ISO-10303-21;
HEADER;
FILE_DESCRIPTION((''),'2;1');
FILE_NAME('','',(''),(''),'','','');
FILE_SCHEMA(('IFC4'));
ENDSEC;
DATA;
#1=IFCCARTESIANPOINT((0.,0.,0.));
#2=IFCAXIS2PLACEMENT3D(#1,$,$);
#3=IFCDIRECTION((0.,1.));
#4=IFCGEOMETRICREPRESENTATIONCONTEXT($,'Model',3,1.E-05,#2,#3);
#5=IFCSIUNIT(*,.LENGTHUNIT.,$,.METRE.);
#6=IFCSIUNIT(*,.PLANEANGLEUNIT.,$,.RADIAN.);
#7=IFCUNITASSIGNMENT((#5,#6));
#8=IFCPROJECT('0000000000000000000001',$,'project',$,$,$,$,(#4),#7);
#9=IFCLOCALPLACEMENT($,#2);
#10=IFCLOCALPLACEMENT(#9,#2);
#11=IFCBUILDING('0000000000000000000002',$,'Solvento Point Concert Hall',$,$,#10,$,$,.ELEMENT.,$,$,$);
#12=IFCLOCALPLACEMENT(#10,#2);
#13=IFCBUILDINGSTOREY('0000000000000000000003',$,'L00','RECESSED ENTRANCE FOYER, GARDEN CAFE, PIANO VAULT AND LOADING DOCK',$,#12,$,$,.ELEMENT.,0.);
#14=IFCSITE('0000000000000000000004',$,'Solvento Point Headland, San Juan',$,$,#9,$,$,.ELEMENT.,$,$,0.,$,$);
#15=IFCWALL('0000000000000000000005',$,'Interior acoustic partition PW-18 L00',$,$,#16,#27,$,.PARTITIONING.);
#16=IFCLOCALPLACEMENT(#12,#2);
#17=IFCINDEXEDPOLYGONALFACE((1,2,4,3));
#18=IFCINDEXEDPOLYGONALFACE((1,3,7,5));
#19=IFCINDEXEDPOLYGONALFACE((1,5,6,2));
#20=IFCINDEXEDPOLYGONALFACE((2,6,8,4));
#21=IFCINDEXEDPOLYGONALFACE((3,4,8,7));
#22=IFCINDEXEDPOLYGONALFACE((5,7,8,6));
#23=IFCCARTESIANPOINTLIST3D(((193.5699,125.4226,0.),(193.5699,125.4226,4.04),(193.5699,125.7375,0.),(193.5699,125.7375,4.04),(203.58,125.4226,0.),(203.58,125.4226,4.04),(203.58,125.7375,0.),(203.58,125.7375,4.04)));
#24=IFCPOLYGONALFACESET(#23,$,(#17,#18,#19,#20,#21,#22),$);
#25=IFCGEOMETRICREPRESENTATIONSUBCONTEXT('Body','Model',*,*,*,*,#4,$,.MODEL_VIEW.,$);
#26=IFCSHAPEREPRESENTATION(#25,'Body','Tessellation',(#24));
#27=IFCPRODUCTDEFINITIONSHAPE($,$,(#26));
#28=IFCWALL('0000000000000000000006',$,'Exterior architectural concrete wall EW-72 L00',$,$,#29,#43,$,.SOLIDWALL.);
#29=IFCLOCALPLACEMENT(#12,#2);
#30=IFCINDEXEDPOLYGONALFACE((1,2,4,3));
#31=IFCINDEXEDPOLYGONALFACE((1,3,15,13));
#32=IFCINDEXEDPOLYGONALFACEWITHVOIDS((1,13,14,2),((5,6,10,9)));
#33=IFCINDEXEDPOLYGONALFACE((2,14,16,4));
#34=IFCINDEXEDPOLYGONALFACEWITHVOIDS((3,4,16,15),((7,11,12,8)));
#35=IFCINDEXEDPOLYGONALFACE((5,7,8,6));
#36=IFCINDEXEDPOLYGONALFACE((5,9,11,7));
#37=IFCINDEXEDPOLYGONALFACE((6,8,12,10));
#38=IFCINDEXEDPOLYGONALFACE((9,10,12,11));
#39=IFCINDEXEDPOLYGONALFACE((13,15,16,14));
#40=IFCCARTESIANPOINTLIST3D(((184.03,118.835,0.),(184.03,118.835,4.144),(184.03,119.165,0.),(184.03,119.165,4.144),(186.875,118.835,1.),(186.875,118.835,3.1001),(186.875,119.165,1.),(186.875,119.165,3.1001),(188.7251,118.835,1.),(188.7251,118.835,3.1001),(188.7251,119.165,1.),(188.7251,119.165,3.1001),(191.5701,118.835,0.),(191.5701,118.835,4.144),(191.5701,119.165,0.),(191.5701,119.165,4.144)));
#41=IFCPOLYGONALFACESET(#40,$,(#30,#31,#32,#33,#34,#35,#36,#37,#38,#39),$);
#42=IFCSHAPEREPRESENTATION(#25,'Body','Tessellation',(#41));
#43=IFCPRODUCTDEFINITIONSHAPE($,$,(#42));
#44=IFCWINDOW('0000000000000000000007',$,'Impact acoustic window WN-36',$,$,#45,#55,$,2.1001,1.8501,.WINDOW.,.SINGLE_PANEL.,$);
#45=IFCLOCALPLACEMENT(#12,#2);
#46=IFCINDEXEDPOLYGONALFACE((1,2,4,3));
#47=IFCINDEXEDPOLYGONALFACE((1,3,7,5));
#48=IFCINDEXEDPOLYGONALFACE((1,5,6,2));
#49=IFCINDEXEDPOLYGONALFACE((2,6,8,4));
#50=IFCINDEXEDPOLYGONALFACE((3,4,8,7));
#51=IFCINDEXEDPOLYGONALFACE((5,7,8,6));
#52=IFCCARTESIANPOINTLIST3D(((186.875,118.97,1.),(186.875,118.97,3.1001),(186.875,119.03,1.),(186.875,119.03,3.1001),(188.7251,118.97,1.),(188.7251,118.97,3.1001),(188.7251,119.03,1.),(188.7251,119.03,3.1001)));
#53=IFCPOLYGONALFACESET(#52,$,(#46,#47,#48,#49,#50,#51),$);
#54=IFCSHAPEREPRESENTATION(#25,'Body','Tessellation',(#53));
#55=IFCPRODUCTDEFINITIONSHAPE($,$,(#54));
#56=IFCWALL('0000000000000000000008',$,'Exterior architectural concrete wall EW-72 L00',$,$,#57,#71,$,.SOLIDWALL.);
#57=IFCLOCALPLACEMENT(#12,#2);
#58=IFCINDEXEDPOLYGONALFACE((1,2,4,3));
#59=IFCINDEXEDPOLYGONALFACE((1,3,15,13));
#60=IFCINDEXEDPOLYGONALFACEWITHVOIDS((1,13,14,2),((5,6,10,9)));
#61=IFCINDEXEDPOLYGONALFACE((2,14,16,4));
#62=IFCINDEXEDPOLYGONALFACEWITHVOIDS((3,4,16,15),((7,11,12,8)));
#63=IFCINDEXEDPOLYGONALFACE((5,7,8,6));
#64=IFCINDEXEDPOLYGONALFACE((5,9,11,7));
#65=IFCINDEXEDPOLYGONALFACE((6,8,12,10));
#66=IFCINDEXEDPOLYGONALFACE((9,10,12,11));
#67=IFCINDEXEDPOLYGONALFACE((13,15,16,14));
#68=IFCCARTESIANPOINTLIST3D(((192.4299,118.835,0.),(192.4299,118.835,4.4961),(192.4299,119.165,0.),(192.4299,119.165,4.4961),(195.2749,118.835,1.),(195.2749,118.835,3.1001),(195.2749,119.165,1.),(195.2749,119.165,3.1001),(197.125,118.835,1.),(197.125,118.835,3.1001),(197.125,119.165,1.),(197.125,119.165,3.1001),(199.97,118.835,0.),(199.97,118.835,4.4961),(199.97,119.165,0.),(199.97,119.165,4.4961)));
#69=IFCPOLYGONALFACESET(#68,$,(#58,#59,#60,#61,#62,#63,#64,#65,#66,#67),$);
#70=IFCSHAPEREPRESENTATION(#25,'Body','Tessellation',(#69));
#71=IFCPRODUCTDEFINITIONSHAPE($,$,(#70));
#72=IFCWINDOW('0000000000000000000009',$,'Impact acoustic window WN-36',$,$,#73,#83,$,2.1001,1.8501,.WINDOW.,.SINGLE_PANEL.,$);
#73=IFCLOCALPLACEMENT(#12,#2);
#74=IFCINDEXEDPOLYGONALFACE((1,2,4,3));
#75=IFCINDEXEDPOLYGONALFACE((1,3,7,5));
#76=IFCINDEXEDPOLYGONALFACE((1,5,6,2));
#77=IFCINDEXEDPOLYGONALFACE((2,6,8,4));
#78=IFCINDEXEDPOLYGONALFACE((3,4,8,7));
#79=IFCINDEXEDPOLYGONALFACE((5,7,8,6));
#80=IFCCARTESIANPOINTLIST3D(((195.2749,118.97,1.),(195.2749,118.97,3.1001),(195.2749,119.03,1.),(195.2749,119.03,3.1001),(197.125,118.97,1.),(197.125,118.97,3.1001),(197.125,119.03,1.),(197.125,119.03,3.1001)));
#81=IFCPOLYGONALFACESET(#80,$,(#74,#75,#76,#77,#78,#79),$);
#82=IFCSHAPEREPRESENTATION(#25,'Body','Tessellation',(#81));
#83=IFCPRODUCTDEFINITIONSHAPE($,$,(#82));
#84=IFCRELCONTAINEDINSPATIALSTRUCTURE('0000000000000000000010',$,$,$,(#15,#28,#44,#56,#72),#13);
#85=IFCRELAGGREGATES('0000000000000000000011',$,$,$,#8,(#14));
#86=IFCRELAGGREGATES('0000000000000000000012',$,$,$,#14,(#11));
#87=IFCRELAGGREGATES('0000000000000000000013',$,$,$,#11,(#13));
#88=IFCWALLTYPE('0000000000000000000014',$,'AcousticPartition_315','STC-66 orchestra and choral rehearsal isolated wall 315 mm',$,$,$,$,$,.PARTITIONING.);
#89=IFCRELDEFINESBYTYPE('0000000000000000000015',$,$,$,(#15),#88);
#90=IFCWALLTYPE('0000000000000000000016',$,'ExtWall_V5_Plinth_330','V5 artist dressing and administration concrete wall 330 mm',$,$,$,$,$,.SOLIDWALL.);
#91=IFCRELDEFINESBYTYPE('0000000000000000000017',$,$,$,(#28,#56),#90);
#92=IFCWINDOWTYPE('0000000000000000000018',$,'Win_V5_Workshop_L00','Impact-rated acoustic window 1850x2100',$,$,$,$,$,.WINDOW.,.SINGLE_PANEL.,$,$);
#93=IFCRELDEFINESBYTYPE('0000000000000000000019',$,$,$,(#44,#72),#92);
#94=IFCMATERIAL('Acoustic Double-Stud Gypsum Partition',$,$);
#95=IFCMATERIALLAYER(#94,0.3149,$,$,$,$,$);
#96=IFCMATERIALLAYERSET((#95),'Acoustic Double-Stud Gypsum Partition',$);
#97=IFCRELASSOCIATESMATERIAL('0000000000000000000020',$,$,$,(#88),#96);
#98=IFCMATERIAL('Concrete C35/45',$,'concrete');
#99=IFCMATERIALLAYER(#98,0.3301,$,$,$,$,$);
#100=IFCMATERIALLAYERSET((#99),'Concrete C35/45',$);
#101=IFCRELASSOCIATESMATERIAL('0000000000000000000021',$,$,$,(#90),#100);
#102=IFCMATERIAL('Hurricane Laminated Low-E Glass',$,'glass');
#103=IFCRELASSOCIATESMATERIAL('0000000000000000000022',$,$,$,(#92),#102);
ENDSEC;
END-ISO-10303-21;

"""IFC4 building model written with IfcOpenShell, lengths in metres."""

from ifc_helpers import new_model, si_unit, direction, frame, frame_2d, origin, place, context, subcontext, project, spatial, rectangle, extrude, material, layer, layer_set, type_object, element, fill, save


model = new_model("IFC4")

# Units and contexts
model_context = context("Model", 3, precision=1e-05, world=origin(), true_north=direction((0.0, 1.0)))
body_context = subcontext(model_context, "Body", "Model", "MODEL_VIEW")
ifc_project = project(units=[si_unit("LENGTHUNIT", "METRE"), si_unit("PLANEANGLEUNIT", "RADIAN")], contexts=[model_context])

# Site, building, storey
site_placement = place(None, origin())
site = spatial("IfcSite", under=ifc_project, at=site_placement, Name="Solvento Point Headland, San Juan", CompositionType="ELEMENT", RefElevation=0.0)
building_placement = place(site_placement, origin())
building = spatial("IfcBuilding", under=site, at=building_placement, Name="Solvento Point Concert Hall", CompositionType="ELEMENT")
storey_placement = place(building_placement, origin())
storey = spatial("IfcBuildingStorey", under=building, at=storey_placement, Name="L00", Description="RECESSED ENTRANCE FOYER, GARDEN CAFE, PIANO VAULT AND LOADING DOCK", CompositionType="ELEMENT", Elevation=0.0)

# Wall
ifc_material_1 = material(Name="Acoustic Double-Stud Gypsum Partition")
ifc_layer_1 = layer(ifc_material_1, 0.3149)
ifc_layer_set_1 = layer_set([ifc_layer_1], Name="Acoustic Double-Stud Gypsum Partition")
wall_type_1 = type_object("IfcWallType", Name="AcousticPartition_315", Description="STC-66 orchestra and choral rehearsal isolated wall 315 mm", PredefinedType="PARTITIONING", material=ifc_layer_set_1)
wall_1_placement = place(storey_placement, frame((193.5701, 125.5801, 0.0), z_axis=(0.0, 0.0, 1.0), x_axis=(1.0, 0.0, 0.0)))
element("IfcWall", 1, at=wall_1_placement, inside=storey, type_object=wall_type_1, Name="Interior acoustic partition PW-18 L00", PredefinedType="PARTITIONING", context=body_context, shape_type="SweptSolid", body=[
    extrude(rectangle(XDim=10.01, YDim=0.3149, at=frame_2d((5.0049, 0.0))), origin(), (0.0, 0.0, 1.0), 4.04),
])

# Walls, openings, windows
ifc_material_2 = material(Name="Concrete C35/45", Category="concrete")
ifc_layer_2 = layer(ifc_material_2, 0.3301)
ifc_layer_set_2 = layer_set([ifc_layer_2], Name="Concrete C35/45")
wall_type_2 = type_object("IfcWallType", Name="ExtWall_V5_Plinth_330", Description="V5 artist dressing and administration concrete wall 330 mm", PredefinedType="SOLIDWALL", material=ifc_layer_set_2)
wall_2_placement = place(storey_placement, frame((191.5701, 119.0, 0.0), z_axis=(0.0, 0.0, 1.0), x_axis=(-1.0, 0.0, 0.0)))
wall_2 = element("IfcWall", 2, at=wall_2_placement, inside=storey, type_object=wall_type_2, Name="Exterior architectural concrete wall EW-72 L00", PredefinedType="SOLIDWALL", context=body_context, shape_type="SweptSolid", body=[
    extrude(rectangle(XDim=7.54, YDim=0.3301, at=frame_2d((3.77, 0.0))), origin(), (0.0, 0.0, 1.0), 4.144),
])
opening_1_placement = place(wall_2_placement, frame((2.845, 0.0, 1.0)))
opening_1 = element("IfcOpeningElement", 3, at=opening_1_placement, cuts=wall_2, PredefinedType="OPENING", context=body_context, shape_type="SweptSolid", body=[
    extrude(rectangle(XDim=1.8501, YDim=2.1001, at=frame_2d((0.925, 1.05))), frame((0.0, 0.175, 0.0), z_axis=(0.0, -1.0, 0.0), x_axis=(1.0, 0.0, 0.0)), (0.0, 0.0, 1.0), 0.3501),
])
ifc_material_3 = material(Name="Hurricane Laminated Low-E Glass", Category="glass")
window_type = type_object("IfcWindowType", Name="Win_V5_Workshop_L00", Description="Impact-rated acoustic window 1850x2100", PartitioningType="SINGLE_PANEL", PredefinedType="WINDOW", material=ifc_material_3)
window_1_placement = place(opening_1_placement, origin())
window_1 = element("IfcWindow", 4, at=window_1_placement, inside=storey, type_object=window_type, Name="Impact acoustic window WN-36", OverallHeight=2.1001, OverallWidth=1.8501, PartitioningType="SINGLE_PANEL", PredefinedType="WINDOW", context=body_context, shape_type="SweptSolid", body=[
    extrude(rectangle(XDim=1.8501, YDim=2.1001, at=frame_2d((0.925, 1.05))), frame((0.0, 0.03, 0.0), z_axis=(0.0, -1.0, 0.0), x_axis=(1.0, 0.0, 0.0)), (0.0, 0.0, 1.0), 0.0601),
])
fill(opening_1, window_1)
wall_3_placement = place(storey_placement, frame((199.97, 119.0, 0.0), z_axis=(0.0, 0.0, 1.0), x_axis=(-1.0, 0.0, 0.0)))
wall_3 = element("IfcWall", 5, at=wall_3_placement, inside=storey, type_object=wall_type_2, Name="Exterior architectural concrete wall EW-72 L00", PredefinedType="SOLIDWALL", context=body_context, shape_type="SweptSolid", body=[
    extrude(rectangle(XDim=7.54, YDim=0.3301, at=frame_2d((3.77, 0.0))), origin(), (0.0, 0.0, 1.0), 4.4961),
])
opening_2_placement = place(wall_3_placement, frame((2.845, 0.0, 1.0)))
opening_2 = element("IfcOpeningElement", 6, at=opening_2_placement, cuts=wall_3, PredefinedType="OPENING", context=body_context, shape_type="SweptSolid", body=[
    extrude(rectangle(XDim=1.8501, YDim=2.1001, at=frame_2d((0.925, 1.05))), frame((0.0, 0.175, 0.0), z_axis=(0.0, -1.0, 0.0), x_axis=(1.0, 0.0, 0.0)), (0.0, 0.0, 1.0), 0.3501),
])
window_2_placement = place(opening_2_placement, origin())
window_2 = element("IfcWindow", 7, at=window_2_placement, inside=storey, type_object=window_type, Name="Impact acoustic window WN-36", OverallHeight=2.1001, OverallWidth=1.8501, PartitioningType="SINGLE_PANEL", PredefinedType="WINDOW", context=body_context, shape_type="SweptSolid", body=[
    extrude(rectangle(XDim=1.8501, YDim=2.1001, at=frame_2d((0.925, 1.05))), frame((0.0, 0.03, 0.0), z_axis=(0.0, -1.0, 0.0), x_axis=(1.0, 0.0, 0.0)), (0.0, 0.0, 1.0), 0.0601),
])
fill(opening_2, window_2)

save(model, "model.ifc")
